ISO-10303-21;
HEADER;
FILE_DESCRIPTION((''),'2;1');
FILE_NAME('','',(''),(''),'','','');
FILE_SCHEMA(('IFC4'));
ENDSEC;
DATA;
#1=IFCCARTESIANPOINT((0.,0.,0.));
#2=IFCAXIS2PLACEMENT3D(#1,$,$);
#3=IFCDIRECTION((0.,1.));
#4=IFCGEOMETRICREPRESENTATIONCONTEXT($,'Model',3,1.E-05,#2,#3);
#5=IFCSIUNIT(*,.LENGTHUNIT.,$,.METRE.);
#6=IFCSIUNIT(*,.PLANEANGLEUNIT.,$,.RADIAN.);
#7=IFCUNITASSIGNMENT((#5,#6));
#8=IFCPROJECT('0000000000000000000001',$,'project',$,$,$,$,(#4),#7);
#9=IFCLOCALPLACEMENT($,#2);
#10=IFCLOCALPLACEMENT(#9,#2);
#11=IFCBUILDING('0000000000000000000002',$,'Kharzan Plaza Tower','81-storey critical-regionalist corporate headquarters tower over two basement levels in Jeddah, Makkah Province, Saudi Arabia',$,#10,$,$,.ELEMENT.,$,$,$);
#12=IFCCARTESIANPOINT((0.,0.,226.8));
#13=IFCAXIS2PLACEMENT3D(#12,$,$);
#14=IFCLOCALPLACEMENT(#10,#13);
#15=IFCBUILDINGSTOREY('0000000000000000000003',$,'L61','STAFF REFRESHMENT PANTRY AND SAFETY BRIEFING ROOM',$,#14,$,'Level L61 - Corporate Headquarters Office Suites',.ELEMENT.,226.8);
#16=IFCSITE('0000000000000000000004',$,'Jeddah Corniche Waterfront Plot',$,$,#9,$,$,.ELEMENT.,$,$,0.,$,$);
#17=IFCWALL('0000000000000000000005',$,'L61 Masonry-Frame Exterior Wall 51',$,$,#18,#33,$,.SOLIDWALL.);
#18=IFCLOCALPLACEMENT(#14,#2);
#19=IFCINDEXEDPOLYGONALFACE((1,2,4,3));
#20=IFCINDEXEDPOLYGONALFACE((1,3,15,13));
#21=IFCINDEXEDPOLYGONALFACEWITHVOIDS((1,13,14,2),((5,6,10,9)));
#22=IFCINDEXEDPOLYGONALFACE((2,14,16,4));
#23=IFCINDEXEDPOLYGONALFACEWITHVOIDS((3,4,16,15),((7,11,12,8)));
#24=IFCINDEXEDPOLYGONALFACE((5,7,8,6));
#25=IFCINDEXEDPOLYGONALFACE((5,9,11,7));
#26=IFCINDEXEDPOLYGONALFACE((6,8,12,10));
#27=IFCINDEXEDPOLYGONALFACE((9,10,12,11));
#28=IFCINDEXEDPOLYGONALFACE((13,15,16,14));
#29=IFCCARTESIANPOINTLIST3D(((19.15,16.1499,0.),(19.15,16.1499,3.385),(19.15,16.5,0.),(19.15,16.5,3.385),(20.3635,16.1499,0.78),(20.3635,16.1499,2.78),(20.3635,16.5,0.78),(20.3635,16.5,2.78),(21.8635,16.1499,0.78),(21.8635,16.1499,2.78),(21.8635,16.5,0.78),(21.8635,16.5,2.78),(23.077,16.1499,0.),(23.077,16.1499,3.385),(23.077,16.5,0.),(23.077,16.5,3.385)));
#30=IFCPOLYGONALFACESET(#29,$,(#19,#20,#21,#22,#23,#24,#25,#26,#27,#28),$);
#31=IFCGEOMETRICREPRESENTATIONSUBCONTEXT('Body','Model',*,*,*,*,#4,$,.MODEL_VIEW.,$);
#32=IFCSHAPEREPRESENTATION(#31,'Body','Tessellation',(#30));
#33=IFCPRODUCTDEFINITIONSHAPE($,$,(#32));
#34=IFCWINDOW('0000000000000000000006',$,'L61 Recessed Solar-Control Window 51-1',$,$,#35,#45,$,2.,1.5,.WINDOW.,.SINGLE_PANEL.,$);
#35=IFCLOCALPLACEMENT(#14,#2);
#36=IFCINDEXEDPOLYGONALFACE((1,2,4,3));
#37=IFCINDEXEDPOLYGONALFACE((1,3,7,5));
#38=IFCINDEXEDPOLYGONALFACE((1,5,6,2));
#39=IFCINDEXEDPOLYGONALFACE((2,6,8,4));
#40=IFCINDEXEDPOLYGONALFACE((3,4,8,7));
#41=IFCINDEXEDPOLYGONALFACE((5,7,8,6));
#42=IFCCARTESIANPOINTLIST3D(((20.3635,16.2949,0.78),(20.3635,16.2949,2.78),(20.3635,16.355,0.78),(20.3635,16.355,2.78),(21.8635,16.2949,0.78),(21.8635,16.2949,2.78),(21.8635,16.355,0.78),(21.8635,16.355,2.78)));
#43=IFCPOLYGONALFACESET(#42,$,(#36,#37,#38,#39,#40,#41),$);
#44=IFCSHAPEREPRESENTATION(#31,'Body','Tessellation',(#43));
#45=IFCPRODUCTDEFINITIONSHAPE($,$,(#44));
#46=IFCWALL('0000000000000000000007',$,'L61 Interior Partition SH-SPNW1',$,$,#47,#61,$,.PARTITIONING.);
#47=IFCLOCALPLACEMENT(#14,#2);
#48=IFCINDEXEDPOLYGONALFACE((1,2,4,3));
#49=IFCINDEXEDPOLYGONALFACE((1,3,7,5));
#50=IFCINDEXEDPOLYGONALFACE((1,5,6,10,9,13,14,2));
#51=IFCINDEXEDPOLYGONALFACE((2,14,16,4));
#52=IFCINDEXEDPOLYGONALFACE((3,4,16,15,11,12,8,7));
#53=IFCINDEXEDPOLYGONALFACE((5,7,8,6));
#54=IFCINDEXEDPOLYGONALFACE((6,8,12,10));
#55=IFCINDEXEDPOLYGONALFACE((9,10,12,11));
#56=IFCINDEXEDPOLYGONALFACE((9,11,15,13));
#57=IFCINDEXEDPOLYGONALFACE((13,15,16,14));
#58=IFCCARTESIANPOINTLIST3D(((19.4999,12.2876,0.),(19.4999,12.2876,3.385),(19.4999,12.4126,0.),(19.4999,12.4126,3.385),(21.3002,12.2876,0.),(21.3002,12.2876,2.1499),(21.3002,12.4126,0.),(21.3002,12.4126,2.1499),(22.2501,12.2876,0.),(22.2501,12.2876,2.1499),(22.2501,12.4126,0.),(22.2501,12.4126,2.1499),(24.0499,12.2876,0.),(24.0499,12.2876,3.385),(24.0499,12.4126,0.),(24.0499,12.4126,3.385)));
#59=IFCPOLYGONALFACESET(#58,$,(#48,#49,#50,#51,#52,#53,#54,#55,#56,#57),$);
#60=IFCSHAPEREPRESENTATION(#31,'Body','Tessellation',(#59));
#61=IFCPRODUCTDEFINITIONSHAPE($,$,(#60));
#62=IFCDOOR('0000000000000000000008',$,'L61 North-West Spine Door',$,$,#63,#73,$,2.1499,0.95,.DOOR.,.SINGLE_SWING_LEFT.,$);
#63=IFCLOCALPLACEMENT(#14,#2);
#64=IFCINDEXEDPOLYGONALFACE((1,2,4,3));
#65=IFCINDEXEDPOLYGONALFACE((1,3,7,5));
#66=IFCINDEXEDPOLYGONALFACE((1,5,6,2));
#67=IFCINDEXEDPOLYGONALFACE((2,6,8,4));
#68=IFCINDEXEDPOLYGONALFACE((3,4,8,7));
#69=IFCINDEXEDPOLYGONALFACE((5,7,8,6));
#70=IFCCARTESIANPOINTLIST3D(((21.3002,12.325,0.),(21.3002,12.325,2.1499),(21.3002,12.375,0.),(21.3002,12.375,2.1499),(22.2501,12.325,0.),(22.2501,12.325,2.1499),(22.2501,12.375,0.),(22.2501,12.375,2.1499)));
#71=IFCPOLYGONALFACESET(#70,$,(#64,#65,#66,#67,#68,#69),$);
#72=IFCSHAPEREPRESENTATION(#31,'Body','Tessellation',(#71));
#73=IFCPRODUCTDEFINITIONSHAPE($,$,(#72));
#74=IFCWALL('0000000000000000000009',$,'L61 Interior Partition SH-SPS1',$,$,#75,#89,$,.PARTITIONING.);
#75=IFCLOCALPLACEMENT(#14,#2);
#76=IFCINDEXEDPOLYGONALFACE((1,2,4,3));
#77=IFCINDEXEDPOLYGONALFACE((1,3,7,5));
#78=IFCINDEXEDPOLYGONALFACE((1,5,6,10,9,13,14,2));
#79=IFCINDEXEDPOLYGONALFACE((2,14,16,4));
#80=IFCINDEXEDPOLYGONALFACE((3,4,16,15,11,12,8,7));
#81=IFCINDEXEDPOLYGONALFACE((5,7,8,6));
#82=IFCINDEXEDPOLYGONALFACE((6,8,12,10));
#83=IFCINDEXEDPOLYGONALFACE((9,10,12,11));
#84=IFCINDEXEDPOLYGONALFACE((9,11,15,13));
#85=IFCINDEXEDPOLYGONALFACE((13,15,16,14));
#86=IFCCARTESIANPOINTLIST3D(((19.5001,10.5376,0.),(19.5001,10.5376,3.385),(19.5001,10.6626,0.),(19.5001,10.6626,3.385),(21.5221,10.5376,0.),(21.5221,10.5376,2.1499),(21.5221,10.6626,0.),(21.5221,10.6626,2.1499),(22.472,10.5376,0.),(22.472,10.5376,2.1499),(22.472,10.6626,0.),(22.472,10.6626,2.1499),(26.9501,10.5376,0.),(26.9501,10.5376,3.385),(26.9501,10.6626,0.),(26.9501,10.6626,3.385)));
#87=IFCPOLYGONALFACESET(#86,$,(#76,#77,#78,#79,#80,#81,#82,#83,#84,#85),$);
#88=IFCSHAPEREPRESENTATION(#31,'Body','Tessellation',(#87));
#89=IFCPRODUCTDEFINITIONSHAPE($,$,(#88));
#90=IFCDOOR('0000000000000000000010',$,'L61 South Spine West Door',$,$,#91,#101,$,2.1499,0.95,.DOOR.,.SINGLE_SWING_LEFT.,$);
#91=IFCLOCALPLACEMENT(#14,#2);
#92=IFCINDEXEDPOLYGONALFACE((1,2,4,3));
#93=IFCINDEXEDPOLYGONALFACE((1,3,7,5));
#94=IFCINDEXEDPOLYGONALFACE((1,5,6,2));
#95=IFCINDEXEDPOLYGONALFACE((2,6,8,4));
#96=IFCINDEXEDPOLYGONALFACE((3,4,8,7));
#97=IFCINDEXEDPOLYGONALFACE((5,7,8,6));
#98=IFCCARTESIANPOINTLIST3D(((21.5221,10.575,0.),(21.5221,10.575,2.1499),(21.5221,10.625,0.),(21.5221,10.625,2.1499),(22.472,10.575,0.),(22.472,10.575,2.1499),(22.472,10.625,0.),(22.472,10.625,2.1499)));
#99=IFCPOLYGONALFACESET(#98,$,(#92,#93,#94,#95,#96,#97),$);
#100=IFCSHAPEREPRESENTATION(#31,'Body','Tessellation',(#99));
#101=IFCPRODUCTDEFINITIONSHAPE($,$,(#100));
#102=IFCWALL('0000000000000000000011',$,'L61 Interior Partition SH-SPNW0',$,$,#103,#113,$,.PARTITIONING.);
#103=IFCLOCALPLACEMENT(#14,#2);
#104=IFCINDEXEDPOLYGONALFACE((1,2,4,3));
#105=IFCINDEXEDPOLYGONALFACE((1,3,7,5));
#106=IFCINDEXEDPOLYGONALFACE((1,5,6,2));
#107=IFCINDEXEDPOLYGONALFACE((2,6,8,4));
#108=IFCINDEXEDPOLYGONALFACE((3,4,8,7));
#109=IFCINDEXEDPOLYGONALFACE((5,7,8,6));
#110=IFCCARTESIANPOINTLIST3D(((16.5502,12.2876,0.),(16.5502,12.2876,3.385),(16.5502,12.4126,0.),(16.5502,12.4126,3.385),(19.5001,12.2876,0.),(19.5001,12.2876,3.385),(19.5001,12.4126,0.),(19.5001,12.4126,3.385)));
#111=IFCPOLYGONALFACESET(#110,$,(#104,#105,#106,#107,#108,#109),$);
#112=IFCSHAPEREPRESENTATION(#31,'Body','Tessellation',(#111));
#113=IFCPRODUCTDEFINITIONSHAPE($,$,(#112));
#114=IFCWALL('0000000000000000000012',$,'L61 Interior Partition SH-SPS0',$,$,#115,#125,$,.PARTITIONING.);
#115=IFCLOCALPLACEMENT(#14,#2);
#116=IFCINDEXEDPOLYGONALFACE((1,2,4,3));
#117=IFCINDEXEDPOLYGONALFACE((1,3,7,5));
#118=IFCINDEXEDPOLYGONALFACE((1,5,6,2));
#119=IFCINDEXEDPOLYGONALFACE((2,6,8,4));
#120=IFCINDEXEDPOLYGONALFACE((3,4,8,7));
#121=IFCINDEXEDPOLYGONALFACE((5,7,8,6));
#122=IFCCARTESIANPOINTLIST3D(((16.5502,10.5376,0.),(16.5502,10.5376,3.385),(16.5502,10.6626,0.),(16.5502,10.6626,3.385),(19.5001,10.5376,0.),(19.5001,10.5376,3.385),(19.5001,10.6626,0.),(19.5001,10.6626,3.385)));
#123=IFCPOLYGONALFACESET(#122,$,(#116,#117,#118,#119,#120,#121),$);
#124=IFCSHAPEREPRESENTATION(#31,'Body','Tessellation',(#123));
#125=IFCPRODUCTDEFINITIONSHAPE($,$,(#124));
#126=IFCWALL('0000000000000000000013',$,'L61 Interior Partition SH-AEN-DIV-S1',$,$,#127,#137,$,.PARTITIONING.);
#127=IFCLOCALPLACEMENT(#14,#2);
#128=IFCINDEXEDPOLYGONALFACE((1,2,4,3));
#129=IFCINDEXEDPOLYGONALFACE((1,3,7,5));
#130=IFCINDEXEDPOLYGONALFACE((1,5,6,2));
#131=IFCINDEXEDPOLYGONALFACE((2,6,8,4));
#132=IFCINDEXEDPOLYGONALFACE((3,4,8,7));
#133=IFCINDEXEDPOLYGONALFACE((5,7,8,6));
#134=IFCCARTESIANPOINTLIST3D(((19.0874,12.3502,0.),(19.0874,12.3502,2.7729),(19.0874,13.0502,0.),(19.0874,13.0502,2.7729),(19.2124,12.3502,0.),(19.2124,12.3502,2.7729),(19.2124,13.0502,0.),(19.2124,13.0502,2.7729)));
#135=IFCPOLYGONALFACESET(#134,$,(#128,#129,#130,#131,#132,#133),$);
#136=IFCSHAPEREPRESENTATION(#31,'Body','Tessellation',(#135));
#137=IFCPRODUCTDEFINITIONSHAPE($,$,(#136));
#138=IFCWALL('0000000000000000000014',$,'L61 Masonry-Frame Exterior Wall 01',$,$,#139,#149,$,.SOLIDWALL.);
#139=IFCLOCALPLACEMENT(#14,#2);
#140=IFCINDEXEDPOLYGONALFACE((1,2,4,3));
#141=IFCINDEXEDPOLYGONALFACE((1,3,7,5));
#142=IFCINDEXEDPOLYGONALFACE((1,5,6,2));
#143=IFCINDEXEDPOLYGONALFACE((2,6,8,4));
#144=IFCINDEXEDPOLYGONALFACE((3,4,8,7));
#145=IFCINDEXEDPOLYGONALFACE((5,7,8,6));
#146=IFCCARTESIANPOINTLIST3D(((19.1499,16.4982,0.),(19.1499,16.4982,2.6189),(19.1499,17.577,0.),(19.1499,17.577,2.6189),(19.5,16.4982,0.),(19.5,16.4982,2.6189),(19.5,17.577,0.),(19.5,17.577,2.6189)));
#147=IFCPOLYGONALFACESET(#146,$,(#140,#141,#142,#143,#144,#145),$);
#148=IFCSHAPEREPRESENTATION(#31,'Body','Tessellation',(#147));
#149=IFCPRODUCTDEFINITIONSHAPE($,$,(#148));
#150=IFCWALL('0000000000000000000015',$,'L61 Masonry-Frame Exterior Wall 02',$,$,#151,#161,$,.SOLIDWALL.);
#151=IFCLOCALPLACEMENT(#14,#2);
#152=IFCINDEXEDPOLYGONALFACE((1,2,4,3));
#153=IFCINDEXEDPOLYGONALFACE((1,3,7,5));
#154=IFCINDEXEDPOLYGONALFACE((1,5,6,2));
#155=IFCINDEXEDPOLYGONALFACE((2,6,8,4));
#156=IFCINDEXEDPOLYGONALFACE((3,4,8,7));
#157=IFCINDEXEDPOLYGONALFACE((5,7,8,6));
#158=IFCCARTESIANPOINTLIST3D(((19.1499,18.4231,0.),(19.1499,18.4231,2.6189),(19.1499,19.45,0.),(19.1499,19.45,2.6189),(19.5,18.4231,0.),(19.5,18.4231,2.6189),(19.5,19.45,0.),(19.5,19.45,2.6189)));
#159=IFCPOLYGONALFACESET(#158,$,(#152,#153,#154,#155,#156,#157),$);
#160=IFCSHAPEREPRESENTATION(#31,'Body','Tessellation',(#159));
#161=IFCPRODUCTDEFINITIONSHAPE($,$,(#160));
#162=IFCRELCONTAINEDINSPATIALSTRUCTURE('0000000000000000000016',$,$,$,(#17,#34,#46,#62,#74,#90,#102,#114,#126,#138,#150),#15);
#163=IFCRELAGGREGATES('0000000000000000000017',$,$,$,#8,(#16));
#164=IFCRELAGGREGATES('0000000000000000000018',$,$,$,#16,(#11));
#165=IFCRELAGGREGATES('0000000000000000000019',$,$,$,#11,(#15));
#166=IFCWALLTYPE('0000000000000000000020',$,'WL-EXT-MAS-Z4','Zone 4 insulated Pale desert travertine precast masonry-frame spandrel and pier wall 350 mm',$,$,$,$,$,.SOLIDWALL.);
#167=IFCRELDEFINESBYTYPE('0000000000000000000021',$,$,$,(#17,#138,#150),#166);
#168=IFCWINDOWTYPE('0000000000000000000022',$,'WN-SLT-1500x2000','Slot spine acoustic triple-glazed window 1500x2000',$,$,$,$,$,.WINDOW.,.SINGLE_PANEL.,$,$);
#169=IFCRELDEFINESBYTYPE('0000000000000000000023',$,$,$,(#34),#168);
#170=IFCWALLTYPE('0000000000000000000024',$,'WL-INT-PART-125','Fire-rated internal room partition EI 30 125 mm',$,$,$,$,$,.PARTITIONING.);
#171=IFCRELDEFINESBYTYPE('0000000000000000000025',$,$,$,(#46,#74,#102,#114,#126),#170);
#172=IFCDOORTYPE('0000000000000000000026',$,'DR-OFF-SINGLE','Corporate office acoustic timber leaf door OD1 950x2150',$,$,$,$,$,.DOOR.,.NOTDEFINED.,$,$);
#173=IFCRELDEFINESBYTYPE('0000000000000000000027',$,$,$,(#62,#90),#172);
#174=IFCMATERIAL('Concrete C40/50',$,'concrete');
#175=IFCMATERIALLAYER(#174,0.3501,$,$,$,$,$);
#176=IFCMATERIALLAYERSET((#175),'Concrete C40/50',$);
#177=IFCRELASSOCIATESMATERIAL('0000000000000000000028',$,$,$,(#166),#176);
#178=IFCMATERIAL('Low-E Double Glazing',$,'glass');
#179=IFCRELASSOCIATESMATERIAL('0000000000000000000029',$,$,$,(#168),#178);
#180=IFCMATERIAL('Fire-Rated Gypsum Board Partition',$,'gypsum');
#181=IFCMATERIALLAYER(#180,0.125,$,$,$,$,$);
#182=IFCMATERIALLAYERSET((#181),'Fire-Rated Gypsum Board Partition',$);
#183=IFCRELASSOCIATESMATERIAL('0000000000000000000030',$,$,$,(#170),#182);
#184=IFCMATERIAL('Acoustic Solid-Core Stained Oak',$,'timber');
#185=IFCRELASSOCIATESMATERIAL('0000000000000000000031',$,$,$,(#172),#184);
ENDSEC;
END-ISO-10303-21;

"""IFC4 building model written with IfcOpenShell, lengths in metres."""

from ifc_helpers import new_model, si_unit, direction, frame, frame_2d, origin, place, context, subcontext, project, spatial, rectangle, extrude, source, transform, mapped, material, layer, layer_set, type_object, element, fill, save


model = new_model("IFC4")

# Units and contexts
model_context = context("Model", 3, precision=1e-05, world=origin(), true_north=direction((0.0, 1.0)))
body_context = subcontext(model_context, "Body", "Model", "MODEL_VIEW")
ifc_project = project(units=[si_unit("LENGTHUNIT", "METRE"), si_unit("PLANEANGLEUNIT", "RADIAN")], contexts=[model_context])

# Site, building, storey
site_placement = place(None, origin())
site = spatial("IfcSite", under=ifc_project, at=site_placement, Name="Jeddah Corniche Waterfront Plot", CompositionType="ELEMENT", RefElevation=0.0)
building_placement = place(site_placement, origin())
building = spatial("IfcBuilding", under=site, at=building_placement, Name="Kharzan Plaza Tower", Description="81-storey critical-regionalist corporate headquarters tower over two basement levels in Jeddah, Makkah Province, Saudi Arabia", CompositionType="ELEMENT")
storey_placement = place(building_placement, frame((0.0, 0.0, 226.8)))
storey = spatial("IfcBuildingStorey", under=building, at=storey_placement, Name="L61", Description="STAFF REFRESHMENT PANTRY AND SAFETY BRIEFING ROOM", LongName="Level L61 - Corporate Headquarters Office Suites", CompositionType="ELEMENT", Elevation=226.8)

# Wall, opening, window
ifc_material_1 = material(Name="Concrete C40/50", Category="concrete")
ifc_layer_1 = layer(ifc_material_1, 0.3501)
ifc_layer_set_1 = layer_set([ifc_layer_1], Name="Concrete C40/50")
wall_type_1 = type_object("IfcWallType", Name="WL-EXT-MAS-Z4", Description="Zone 4 insulated Pale desert travertine precast masonry-frame spandrel and pier wall 350 mm", PredefinedType="SOLIDWALL", material=ifc_layer_set_1)
wall_1_placement = place(storey_placement, frame((23.0769, 16.325, 0.0), z_axis=(0.0, 0.0, 1.0), x_axis=(-1.0, 0.0, 0.0)))
wall_1 = element("IfcWall", 1, at=wall_1_placement, inside=storey, type_object=wall_type_1, Name="L61 Masonry-Frame Exterior Wall 51", PredefinedType="SOLIDWALL", context=body_context, shape_type="SweptSolid", body=[
    extrude(rectangle(XDim=3.927, YDim=0.3501, at=frame_2d((1.9634, 0.0))), origin(), (0.0, 0.0, 1.0), 3.385),
])
opening_1_placement = place(wall_1_placement, frame((1.2134, 0.0, 0.78)))
opening_1 = element("IfcOpeningElement", 2, at=opening_1_placement, cuts=wall_1, PredefinedType="OPENING", context=body_context, shape_type="SweptSolid", body=[
    extrude(rectangle(XDim=1.5, YDim=2.0, at=frame_2d((0.75, 1.0))), frame((0.0, 0.1851, 0.0), z_axis=(0.0, -1.0, 0.0), x_axis=(1.0, 0.0, 0.0)), (0.0, 0.0, 1.0), 0.3701),
])
ifc_material_2 = material(Name="Low-E Double Glazing", Category="glass")
window_type = type_object("IfcWindowType", Name="WN-SLT-1500x2000", Description="Slot spine acoustic triple-glazed window 1500x2000", PartitioningType="SINGLE_PANEL", PredefinedType="WINDOW", material=ifc_material_2)
shared_shape_1 = source(origin(), body_context, "Body", "SweptSolid", [
    extrude(rectangle(XDim=1.5, YDim=2.0, at=frame_2d((0.75, 1.0))), frame((0.0, 0.03, 0.0), z_axis=(0.0, -1.0, 0.0), x_axis=(1.0, 0.0, 0.0)), (0.0, 0.0, 1.0), 0.0601),
])
window_placement = place(opening_1_placement, origin())
window = element("IfcWindow", 3, at=window_placement, inside=storey, type_object=window_type, Name="L61 Recessed Solar-Control Window 51-1", OverallHeight=2.0, OverallWidth=1.5, PartitioningType="SINGLE_PANEL", PredefinedType="WINDOW", context=body_context, shape_type="MappedRepresentation", body=[
    mapped(shared_shape_1, transform((0.0, 0.0, 0.0), x_axis=(1.0, 0.0, 0.0), y_axis=(0.0, 1.0, 0.0), z_axis=(0.0, 0.0, 1.0))),
])
fill(opening_1, window)

# Walls, openings, doors
ifc_material_3 = material(Name="Fire-Rated Gypsum Board Partition", Category="gypsum")
ifc_layer_2 = layer(ifc_material_3, 0.125)
ifc_layer_set_2 = layer_set([ifc_layer_2], Name="Fire-Rated Gypsum Board Partition")
wall_type_2 = type_object("IfcWallType", Name="WL-INT-PART-125", Description="Fire-rated internal room partition EI 30 125 mm", PredefinedType="PARTITIONING", material=ifc_layer_set_2)
wall_2_placement = place(storey_placement, frame((19.5, 12.3501, 0.0), z_axis=(0.0, 0.0, 1.0), x_axis=(1.0, 0.0, 0.0)))
wall_2 = element("IfcWall", 4, at=wall_2_placement, inside=storey, type_object=wall_type_2, Name="L61 Interior Partition SH-SPNW1", PredefinedType="PARTITIONING", context=body_context, shape_type="SweptSolid", body=[
    extrude(rectangle(XDim=4.55, YDim=0.125, at=frame_2d((2.2749, 0.0))), origin(), (0.0, 0.0, 1.0), 3.385),
])
opening_2_placement = place(wall_2_placement, frame((1.8, 0.0, 0.0)))
opening_2 = element("IfcOpeningElement", 5, at=opening_2_placement, cuts=wall_2, PredefinedType="OPENING", context=body_context, shape_type="SweptSolid", body=[
    extrude(rectangle(XDim=0.95, YDim=2.1499, at=frame_2d((0.4751, 1.075))), frame((0.0, 0.0725, 0.0), z_axis=(0.0, -1.0, 0.0), x_axis=(1.0, 0.0, 0.0)), (0.0, 0.0, 1.0), 0.145),
])
ifc_material_4 = material(Name="Acoustic Solid-Core Stained Oak", Category="timber")
door_type = type_object("IfcDoorType", Name="DR-OFF-SINGLE", Description="Corporate office acoustic timber leaf door OD1 950x2150", OperationType="NOTDEFINED", PredefinedType="DOOR", material=ifc_material_4)
shared_shape_2 = source(origin(), body_context, "Body", "SweptSolid", [
    extrude(rectangle(XDim=0.95, YDim=2.1499, at=frame_2d((0.4751, 1.075))), frame((0.0, 0.0249, 0.0), z_axis=(0.0, -1.0, 0.0), x_axis=(1.0, 0.0, 0.0)), (0.0, 0.0, 1.0), 0.05),
])
door_1_placement = place(opening_2_placement, origin())
door_1 = element("IfcDoor", 6, at=door_1_placement, inside=storey, type_object=door_type, Name="L61 North-West Spine Door", OperationType="SINGLE_SWING_LEFT", OverallHeight=2.1499, OverallWidth=0.95, PredefinedType="DOOR", context=body_context, shape_type="MappedRepresentation", body=[
    mapped(shared_shape_2, transform((0.0, 0.0, 0.0), x_axis=(1.0, 0.0, 0.0), y_axis=(0.0, 1.0, 0.0), z_axis=(0.0, 0.0, 1.0))),
])
fill(opening_2, door_1)
wall_3_placement = place(storey_placement, frame((19.5, 10.6001, 0.0), z_axis=(0.0, 0.0, 1.0), x_axis=(1.0, 0.0, 0.0)))
wall_3 = element("IfcWall", 7, at=wall_3_placement, inside=storey, type_object=wall_type_2, Name="L61 Interior Partition SH-SPS1", PredefinedType="PARTITIONING", context=body_context, shape_type="SweptSolid", body=[
    extrude(rectangle(XDim=7.45, YDim=0.125, at=frame_2d((3.7251, 0.0))), origin(), (0.0, 0.0, 1.0), 3.385),
])
opening_3_placement = place(wall_3_placement, frame((2.022, 0.0, 0.0)))
opening_3 = element("IfcOpeningElement", 8, at=opening_3_placement, cuts=wall_3, PredefinedType="OPENING", context=body_context, shape_type="SweptSolid", body=[
    extrude(rectangle(XDim=0.95, YDim=2.1499, at=frame_2d((0.4751, 1.075))), frame((0.0, 0.0725, 0.0), z_axis=(0.0, -1.0, 0.0), x_axis=(1.0, 0.0, 0.0)), (0.0, 0.0, 1.0), 0.145),
])
door_2_placement = place(opening_3_placement, origin())
door_2 = element("IfcDoor", 9, at=door_2_placement, inside=storey, type_object=door_type, Name="L61 South Spine West Door", OperationType="SINGLE_SWING_LEFT", OverallHeight=2.1499, OverallWidth=0.95, PredefinedType="DOOR", context=body_context, shape_type="MappedRepresentation", body=[
    mapped(shared_shape_2, transform((0.0, 0.0, 0.0), x_axis=(1.0, 0.0, 0.0), y_axis=(0.0, 1.0, 0.0), z_axis=(0.0, 0.0, 1.0))),
])
fill(opening_3, door_2)

# Walls
shared_shape_3 = source(origin(), body_context, "Body", "SweptSolid", [
    extrude(rectangle(XDim=2.95, YDim=0.125, at=frame_2d((1.4751, 0.0))), origin(), (0.0, 0.0, 1.0), 3.385),
])
for number, where, z_axis, x_axis, name in (
    (10, (16.55, 12.3501, 0.0), (0.0, 0.0, 1.0), (1.0, 0.0, 0.0), "L61 Interior Partition SH-SPNW0"),
    (11, (16.55, 10.6001, 0.0), (0.0, 0.0, 1.0), (1.0, 0.0, 0.0), "L61 Interior Partition SH-SPS0"),
):
    element("IfcWall", number, at=place(storey_placement, frame(where, z_axis=z_axis, x_axis=x_axis)), inside=storey, type_object=wall_type_2, Name=name, PredefinedType="PARTITIONING", context=body_context, shape_type="MappedRepresentation", body=[
        mapped(shared_shape_3, transform((0.0, 0.0, 0.0), x_axis=(1.0, 0.0, 0.0), y_axis=(0.0, 1.0, 0.0), z_axis=(0.0, 0.0, 1.0))),
    ])
shared_shape_4 = source(origin(), body_context, "Body", "SweptSolid", [
    extrude(rectangle(XDim=0.7, YDim=0.125, at=frame_2d((0.3501, 0.0))), origin(), (0.0, 0.0, 1.0), 2.7729),
])
wall_4_placement = place(storey_placement, frame((19.1499, 12.3501, 0.0), z_axis=(0.0, 0.0, 1.0), x_axis=(0.0, 1.0, 0.0)))
element("IfcWall", 12, at=wall_4_placement, inside=storey, type_object=wall_type_2, Name="L61 Interior Partition SH-AEN-DIV-S1", PredefinedType="PARTITIONING", context=body_context, shape_type="MappedRepresentation", body=[
    mapped(shared_shape_4, transform((0.0, 0.0, 0.0), x_axis=(1.0, 0.0, 0.0), y_axis=(0.0, 1.0, 0.0), z_axis=(0.0, 0.0, 1.0))),
])
shared_shape_5 = source(origin(), body_context, "Body", "SweptSolid", [
    extrude(rectangle(XDim=1.0789, YDim=0.3501, at=frame_2d((0.5396, 0.0))), origin(), (0.0, 0.0, 1.0), 2.6189),
])
wall_5_placement = place(storey_placement, frame((19.325, 16.498, 0.0), z_axis=(0.0, 0.0, 1.0), x_axis=(0.0, 1.0, 0.0)))
element("IfcWall", 13, at=wall_5_placement, inside=storey, type_object=wall_type_1, Name="L61 Masonry-Frame Exterior Wall 01", PredefinedType="SOLIDWALL", context=body_context, shape_type="MappedRepresentation", body=[
    mapped(shared_shape_5, transform((0.0, 0.0, 0.0), x_axis=(1.0, 0.0, 0.0), y_axis=(0.0, 1.0, 0.0), z_axis=(0.0, 0.0, 1.0))),
])
shared_shape_6 = source(origin(), body_context, "Body", "SweptSolid", [
    extrude(rectangle(XDim=1.0269, YDim=0.3501, at=frame_2d((0.5134, 0.0))), origin(), (0.0, 0.0, 1.0), 2.6189),
])
wall_6_placement = place(storey_placement, frame((19.325, 18.4231, 0.0), z_axis=(0.0, 0.0, 1.0), x_axis=(0.0, 1.0, 0.0)))
element("IfcWall", 14, at=wall_6_placement, inside=storey, type_object=wall_type_1, Name="L61 Masonry-Frame Exterior Wall 02", PredefinedType="SOLIDWALL", context=body_context, shape_type="MappedRepresentation", body=[
    mapped(shared_shape_6, transform((0.0, 0.0, 0.0), x_axis=(1.0, 0.0, 0.0), y_axis=(0.0, 1.0, 0.0), z_axis=(0.0, 0.0, 1.0))),
])

save(model, "model.ifc")
